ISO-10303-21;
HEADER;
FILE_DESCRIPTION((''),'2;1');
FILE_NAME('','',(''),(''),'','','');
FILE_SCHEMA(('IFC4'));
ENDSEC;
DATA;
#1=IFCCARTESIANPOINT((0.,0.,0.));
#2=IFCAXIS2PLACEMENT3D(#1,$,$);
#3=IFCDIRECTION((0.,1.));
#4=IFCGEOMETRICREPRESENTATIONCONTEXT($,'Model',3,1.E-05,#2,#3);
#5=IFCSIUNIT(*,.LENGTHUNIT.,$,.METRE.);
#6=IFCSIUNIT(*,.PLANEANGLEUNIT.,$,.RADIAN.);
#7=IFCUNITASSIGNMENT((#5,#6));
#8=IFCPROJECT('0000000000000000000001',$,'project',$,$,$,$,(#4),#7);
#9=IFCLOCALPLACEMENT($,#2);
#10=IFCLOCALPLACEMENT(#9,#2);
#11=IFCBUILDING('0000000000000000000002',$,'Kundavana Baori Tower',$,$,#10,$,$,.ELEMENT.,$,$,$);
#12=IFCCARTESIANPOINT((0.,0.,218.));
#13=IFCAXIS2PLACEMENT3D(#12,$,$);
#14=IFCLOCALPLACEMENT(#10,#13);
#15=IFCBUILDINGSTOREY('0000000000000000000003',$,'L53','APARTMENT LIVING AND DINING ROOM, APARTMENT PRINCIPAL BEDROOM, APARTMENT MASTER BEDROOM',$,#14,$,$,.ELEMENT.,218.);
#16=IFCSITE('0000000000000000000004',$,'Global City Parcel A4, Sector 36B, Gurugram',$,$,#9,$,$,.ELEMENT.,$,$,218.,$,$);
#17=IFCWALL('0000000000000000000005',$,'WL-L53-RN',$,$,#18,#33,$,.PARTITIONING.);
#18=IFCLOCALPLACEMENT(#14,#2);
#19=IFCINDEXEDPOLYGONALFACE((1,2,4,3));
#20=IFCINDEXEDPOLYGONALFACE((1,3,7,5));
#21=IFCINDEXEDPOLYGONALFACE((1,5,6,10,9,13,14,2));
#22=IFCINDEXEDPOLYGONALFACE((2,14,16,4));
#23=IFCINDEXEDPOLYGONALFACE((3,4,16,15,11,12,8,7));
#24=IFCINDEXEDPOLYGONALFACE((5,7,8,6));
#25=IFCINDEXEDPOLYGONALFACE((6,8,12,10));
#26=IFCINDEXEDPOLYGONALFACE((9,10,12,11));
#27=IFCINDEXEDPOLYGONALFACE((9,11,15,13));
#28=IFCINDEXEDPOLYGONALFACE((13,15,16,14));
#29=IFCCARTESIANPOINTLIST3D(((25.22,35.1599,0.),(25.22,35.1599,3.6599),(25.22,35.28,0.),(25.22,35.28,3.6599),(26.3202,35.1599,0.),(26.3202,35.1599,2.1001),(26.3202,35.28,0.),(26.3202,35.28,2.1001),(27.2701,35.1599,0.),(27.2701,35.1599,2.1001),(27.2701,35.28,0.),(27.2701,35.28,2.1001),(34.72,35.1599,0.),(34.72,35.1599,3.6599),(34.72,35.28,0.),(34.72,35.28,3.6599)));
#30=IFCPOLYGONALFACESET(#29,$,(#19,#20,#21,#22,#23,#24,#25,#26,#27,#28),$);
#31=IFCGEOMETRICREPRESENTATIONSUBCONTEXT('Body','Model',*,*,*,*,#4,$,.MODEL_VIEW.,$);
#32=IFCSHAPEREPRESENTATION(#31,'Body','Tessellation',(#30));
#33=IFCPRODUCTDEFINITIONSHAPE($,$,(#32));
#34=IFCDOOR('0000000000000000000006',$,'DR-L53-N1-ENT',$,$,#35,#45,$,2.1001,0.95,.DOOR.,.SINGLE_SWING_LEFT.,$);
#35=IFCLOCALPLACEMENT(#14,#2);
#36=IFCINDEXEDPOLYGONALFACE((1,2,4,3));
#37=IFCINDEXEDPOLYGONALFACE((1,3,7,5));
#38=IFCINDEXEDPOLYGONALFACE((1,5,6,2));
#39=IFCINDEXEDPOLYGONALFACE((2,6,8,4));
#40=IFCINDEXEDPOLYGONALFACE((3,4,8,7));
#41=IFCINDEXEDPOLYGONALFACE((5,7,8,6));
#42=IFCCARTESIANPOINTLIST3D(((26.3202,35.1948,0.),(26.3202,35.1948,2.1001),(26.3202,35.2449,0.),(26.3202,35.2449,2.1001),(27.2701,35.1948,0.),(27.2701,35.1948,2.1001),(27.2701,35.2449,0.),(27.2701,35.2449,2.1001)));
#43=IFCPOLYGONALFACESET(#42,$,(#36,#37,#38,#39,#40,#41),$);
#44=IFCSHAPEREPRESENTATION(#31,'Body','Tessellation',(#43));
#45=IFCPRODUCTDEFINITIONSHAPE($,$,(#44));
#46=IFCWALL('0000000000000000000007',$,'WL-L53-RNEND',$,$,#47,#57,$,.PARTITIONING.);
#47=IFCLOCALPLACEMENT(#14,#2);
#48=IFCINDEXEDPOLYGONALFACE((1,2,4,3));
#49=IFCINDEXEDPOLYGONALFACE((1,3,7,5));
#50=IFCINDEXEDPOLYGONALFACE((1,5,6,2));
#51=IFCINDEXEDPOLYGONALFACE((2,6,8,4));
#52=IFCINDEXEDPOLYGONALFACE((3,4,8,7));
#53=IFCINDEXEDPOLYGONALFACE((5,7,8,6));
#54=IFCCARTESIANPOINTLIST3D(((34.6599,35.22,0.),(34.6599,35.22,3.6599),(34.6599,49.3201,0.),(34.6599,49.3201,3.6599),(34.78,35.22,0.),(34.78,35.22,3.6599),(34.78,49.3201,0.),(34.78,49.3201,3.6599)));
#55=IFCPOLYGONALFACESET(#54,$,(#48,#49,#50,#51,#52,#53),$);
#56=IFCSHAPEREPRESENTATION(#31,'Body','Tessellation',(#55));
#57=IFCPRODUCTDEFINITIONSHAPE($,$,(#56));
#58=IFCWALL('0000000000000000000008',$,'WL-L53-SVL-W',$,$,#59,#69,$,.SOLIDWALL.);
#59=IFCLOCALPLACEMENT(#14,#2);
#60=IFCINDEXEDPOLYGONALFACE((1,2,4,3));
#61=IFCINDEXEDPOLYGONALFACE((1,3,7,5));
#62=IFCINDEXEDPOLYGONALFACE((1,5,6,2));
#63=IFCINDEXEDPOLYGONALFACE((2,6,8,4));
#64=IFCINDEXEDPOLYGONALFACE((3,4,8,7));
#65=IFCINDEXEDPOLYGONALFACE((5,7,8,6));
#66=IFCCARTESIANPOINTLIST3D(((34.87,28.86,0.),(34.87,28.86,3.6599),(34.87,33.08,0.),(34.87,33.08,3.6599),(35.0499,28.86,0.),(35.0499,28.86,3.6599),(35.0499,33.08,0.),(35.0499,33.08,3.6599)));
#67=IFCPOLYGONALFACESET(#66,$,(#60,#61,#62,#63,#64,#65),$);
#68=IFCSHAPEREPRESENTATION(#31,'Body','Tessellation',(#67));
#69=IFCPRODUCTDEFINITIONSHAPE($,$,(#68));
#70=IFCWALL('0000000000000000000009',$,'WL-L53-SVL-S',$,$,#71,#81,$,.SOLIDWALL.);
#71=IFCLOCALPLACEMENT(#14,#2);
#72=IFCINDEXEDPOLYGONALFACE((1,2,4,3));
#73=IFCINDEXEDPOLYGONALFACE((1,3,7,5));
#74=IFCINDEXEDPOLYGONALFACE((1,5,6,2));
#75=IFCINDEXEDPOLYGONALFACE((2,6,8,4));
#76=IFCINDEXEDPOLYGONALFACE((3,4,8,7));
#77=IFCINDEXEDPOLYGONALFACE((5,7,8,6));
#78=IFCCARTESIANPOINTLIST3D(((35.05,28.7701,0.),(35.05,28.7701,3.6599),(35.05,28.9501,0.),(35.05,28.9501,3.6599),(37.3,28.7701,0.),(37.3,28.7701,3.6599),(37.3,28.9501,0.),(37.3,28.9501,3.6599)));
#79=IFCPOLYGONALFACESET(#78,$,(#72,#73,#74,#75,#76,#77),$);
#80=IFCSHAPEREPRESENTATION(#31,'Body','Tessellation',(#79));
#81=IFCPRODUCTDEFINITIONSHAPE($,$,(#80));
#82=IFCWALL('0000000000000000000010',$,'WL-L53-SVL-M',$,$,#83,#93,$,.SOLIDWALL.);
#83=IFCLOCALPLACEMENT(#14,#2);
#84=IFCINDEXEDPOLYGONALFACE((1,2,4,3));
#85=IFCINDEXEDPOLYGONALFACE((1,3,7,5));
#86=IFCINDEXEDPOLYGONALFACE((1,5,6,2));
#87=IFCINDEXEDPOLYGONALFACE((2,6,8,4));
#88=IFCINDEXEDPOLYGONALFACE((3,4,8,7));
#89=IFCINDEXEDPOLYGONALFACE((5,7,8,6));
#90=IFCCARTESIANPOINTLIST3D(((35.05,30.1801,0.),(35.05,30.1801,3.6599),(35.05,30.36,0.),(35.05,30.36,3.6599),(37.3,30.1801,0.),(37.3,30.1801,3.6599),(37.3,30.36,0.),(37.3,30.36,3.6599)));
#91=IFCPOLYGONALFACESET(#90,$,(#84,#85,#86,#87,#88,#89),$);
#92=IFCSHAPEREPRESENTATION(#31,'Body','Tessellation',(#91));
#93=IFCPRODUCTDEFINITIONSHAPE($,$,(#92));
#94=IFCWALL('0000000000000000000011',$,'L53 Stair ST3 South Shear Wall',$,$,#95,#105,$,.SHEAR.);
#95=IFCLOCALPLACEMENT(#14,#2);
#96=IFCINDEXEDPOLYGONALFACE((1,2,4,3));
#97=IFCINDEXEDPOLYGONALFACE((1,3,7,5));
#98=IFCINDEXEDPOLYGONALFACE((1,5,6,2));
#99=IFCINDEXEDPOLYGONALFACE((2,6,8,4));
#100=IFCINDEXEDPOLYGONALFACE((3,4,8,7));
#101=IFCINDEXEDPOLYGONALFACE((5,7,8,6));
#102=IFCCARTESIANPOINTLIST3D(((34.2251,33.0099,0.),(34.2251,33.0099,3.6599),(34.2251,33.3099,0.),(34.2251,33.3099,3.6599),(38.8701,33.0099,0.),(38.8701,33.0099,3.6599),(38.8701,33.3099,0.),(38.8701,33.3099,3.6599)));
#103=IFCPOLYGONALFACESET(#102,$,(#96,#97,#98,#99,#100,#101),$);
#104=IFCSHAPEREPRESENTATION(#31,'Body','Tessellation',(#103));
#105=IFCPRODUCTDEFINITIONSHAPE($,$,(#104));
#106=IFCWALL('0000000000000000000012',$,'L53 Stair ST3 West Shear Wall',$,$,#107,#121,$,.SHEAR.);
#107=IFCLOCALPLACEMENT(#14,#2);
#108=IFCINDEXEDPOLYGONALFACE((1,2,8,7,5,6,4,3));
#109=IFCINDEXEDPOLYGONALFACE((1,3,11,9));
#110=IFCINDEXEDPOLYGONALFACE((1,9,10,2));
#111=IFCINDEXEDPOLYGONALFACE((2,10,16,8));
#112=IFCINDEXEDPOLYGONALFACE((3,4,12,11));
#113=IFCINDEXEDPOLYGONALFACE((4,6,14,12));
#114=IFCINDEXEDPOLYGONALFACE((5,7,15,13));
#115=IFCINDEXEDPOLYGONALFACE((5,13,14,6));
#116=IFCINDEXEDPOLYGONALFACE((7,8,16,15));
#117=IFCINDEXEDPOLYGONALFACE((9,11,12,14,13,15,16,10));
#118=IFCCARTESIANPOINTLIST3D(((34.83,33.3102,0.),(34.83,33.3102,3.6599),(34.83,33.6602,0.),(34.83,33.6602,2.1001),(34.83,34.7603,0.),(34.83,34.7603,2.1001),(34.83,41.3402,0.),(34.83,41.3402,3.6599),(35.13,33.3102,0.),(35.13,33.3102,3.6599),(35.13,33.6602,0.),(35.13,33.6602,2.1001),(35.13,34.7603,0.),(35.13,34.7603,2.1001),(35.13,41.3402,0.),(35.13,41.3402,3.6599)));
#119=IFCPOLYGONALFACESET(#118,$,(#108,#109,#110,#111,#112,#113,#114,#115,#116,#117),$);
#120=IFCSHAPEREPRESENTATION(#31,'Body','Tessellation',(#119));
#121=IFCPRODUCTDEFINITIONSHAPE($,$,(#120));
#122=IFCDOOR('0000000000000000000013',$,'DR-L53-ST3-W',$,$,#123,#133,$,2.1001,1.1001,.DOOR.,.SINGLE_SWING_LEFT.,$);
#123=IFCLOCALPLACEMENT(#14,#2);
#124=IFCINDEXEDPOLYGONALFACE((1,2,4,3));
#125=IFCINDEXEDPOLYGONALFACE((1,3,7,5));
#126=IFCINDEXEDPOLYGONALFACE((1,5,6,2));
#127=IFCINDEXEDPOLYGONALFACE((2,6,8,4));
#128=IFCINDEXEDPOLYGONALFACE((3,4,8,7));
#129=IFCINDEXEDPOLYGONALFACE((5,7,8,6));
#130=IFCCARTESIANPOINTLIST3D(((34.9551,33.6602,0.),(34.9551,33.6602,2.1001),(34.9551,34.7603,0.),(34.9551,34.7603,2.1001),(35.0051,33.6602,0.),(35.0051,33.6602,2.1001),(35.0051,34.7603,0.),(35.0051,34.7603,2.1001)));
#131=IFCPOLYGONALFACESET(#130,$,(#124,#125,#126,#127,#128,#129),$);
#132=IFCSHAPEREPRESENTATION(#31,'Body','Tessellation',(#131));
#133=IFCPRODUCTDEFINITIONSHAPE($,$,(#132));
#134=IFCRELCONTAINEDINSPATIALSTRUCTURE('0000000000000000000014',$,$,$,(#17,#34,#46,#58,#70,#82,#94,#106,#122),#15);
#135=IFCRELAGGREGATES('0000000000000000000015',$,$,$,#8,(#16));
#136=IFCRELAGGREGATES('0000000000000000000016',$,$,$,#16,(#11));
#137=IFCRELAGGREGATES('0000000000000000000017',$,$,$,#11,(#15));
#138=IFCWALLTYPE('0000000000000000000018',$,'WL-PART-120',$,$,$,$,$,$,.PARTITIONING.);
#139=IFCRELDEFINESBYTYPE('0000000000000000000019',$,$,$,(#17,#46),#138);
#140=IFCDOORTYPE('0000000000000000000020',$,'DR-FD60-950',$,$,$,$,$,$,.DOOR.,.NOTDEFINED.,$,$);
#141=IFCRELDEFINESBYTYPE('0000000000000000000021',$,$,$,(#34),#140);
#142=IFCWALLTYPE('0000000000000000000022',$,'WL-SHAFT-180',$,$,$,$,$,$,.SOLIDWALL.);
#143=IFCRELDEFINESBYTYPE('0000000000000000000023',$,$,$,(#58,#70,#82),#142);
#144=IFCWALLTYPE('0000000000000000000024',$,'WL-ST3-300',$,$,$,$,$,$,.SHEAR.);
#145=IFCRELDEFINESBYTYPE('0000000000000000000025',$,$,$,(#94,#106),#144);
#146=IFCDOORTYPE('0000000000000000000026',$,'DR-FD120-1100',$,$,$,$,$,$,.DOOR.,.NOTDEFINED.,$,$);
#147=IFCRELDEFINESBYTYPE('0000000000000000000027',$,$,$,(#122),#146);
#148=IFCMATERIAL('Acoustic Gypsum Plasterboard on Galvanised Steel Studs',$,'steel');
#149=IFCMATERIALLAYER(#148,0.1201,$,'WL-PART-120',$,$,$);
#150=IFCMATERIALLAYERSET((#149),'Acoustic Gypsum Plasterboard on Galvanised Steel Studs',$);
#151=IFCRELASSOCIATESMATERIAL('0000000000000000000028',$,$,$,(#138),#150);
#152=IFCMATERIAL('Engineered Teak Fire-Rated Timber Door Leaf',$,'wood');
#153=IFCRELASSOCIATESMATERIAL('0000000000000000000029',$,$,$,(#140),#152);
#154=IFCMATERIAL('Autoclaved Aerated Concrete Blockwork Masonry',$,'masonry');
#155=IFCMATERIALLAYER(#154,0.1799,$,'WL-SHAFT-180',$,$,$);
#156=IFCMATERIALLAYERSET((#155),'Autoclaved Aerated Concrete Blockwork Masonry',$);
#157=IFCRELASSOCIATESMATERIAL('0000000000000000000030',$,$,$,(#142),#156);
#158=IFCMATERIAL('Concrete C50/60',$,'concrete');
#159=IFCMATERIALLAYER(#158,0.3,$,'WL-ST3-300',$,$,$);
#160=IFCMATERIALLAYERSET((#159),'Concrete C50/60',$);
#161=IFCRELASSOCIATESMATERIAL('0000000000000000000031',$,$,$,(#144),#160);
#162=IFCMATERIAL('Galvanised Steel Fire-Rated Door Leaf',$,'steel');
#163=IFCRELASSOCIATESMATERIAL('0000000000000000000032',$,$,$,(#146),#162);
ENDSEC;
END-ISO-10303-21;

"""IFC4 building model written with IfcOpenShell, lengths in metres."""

from ifc_helpers import new_model, si_unit, direction, frame, frame_2d, origin, place, context, subcontext, project, spatial, rectangle, extrude, material, layer, layer_set, type_object, element, fill, save


model = new_model("IFC4")

# Units and contexts
model_context = context("Model", 3, precision=1e-05, world=origin(), true_north=direction((0.0, 1.0)))
body_context = subcontext(model_context, "Body", "Model", "MODEL_VIEW")
ifc_project = project(units=[si_unit("LENGTHUNIT", "METRE"), si_unit("PLANEANGLEUNIT", "RADIAN")], contexts=[model_context])

# Site, building, storey
site_placement = place(None, origin())
site = spatial("IfcSite", under=ifc_project, at=site_placement, Name="Global City Parcel A4, Sector 36B, Gurugram", CompositionType="ELEMENT", RefElevation=218.0)
building_placement = place(site_placement, origin())
building = spatial("IfcBuilding", under=site, at=building_placement, Name="Kundavana Baori Tower", CompositionType="ELEMENT")
storey_placement = place(building_placement, frame((0.0, 0.0, 218.0)))
storey = spatial("IfcBuildingStorey", under=building, at=storey_placement, Name="L53", Description="APARTMENT LIVING AND DINING ROOM, APARTMENT PRINCIPAL BEDROOM, APARTMENT MASTER BEDROOM", CompositionType="ELEMENT", Elevation=218.0)

# Wall, opening, door
ifc_material_1 = material(Name="Acoustic Gypsum Plasterboard on Galvanised Steel Studs", Category="steel")
ifc_layer_1 = layer(ifc_material_1, 0.1201, Name="WL-PART-120")
ifc_layer_set_1 = layer_set([ifc_layer_1], Name="Acoustic Gypsum Plasterboard on Galvanised Steel Studs")
wall_type_1 = type_object("IfcWallType", Name="WL-PART-120", PredefinedType="PARTITIONING", material=ifc_layer_set_1)
wall_1_placement = place(storey_placement, frame((25.22, 35.22, 0.0), z_axis=(0.0, 0.0, 1.0), x_axis=(1.0, 0.0, 0.0)))
wall_1 = element("IfcWall", 1, at=wall_1_placement, inside=storey, type_object=wall_type_1, Name="WL-L53-RN", PredefinedType="PARTITIONING", context=body_context, shape_type="SweptSolid", body=[
    extrude(rectangle(XDim=9.5, YDim=0.1201, at=frame_2d((4.75, 0.0))), origin(), (0.0, 0.0, 1.0), 3.6599),
])
opening_1_placement = place(wall_1_placement, frame((1.1001, 0.0, 0.0)))
opening_1 = element("IfcOpeningElement", 2, at=opening_1_placement, cuts=wall_1, PredefinedType="OPENING", context=body_context, shape_type="SweptSolid", body=[
    extrude(rectangle(XDim=0.95, YDim=2.1001, at=frame_2d((0.4751, 1.05))), frame((0.0, 0.0701, 0.0), z_axis=(0.0, -1.0, 0.0), x_axis=(1.0, 0.0, 0.0)), (0.0, 0.0, 1.0), 0.1401),
])
ifc_material_2 = material(Name="Engineered Teak Fire-Rated Timber Door Leaf", Category="wood")
door_type_1 = type_object("IfcDoorType", Name="DR-FD60-950", OperationType="NOTDEFINED", PredefinedType="DOOR", material=ifc_material_2)
door_1_placement = place(opening_1_placement, origin())
door_1 = element("IfcDoor", 3, at=door_1_placement, inside=storey, type_object=door_type_1, Name="DR-L53-N1-ENT", OperationType="SINGLE_SWING_LEFT", OverallHeight=2.1001, OverallWidth=0.95, PredefinedType="DOOR", context=body_context, shape_type="SweptSolid", body=[
    extrude(rectangle(XDim=0.95, YDim=2.1001, at=frame_2d((0.4751, 1.05))), frame((0.0, 0.0249, 0.0), z_axis=(0.0, -1.0, 0.0), x_axis=(1.0, 0.0, 0.0)), (0.0, 0.0, 1.0), 0.05),
])
fill(opening_1, door_1)

# Walls
wall_2_placement = place(storey_placement, frame((34.72, 35.22, 0.0), z_axis=(0.0, 0.0, 1.0), x_axis=(0.0, 1.0, 0.0)))
element("IfcWall", 4, at=wall_2_placement, inside=storey, type_object=wall_type_1, Name="WL-L53-RNEND", PredefinedType="PARTITIONING", context=body_context, shape_type="SweptSolid", body=[
    extrude(rectangle(XDim=14.1001, YDim=0.1201, at=frame_2d((7.05, 0.0))), origin(), (0.0, 0.0, 1.0), 3.6599),
])
ifc_material_3 = material(Name="Autoclaved Aerated Concrete Blockwork Masonry", Category="masonry")
ifc_layer_2 = layer(ifc_material_3, 0.1799, Name="WL-SHAFT-180")
ifc_layer_set_2 = layer_set([ifc_layer_2], Name="Autoclaved Aerated Concrete Blockwork Masonry")
wall_type_2 = type_object("IfcWallType", Name="WL-SHAFT-180", PredefinedType="SOLIDWALL", material=ifc_layer_set_2)
wall_3_placement = place(storey_placement, frame((34.96, 28.8601, 0.0), z_axis=(0.0, 0.0, 1.0), x_axis=(0.0, 1.0, 0.0)))
element("IfcWall", 5, at=wall_3_placement, inside=storey, type_object=wall_type_2, Name="WL-L53-SVL-W", PredefinedType="SOLIDWALL", context=body_context, shape_type="SweptSolid", body=[
    extrude(rectangle(XDim=4.22, YDim=0.1799, at=frame_2d((2.1099, 0.0))), origin(), (0.0, 0.0, 1.0), 3.6599),
])
for number, where, z_axis, x_axis, name in (
    (6, (35.05, 28.8601, 0.0), (0.0, 0.0, 1.0), (1.0, 0.0, 0.0), "WL-L53-SVL-S"),
    (7, (35.05, 30.27, 0.0), (0.0, 0.0, 1.0), (1.0, 0.0, 0.0), "WL-L53-SVL-M"),
):
    element("IfcWall", number, at=place(storey_placement, frame(where, z_axis=z_axis, x_axis=x_axis)), inside=storey, type_object=wall_type_2, Name=name, PredefinedType="SOLIDWALL", context=body_context, shape_type="SweptSolid", body=[
        extrude(rectangle(XDim=2.25, YDim=0.1799, at=frame_2d((1.125, 0.0))), origin(), (0.0, 0.0, 1.0), 3.6599),
    ])
ifc_material_4 = material(Name="Concrete C50/60", Category="concrete")
ifc_layer_3 = layer(ifc_material_4, 0.3, Name="WL-ST3-300")
ifc_layer_set_3 = layer_set([ifc_layer_3], Name="Concrete C50/60")
wall_type_3 = type_object("IfcWallType", Name="WL-ST3-300", PredefinedType="SHEAR", material=ifc_layer_set_3)
wall_4_placement = place(storey_placement, frame((34.2251, 33.1599, 0.0), z_axis=(0.0, 0.0, 1.0), x_axis=(1.0, 0.0, 0.0)))
element("IfcWall", 8, at=wall_4_placement, inside=storey, type_object=wall_type_3, Name="L53 Stair ST3 South Shear Wall", PredefinedType="SHEAR", context=body_context, shape_type="SweptSolid", body=[
    extrude(rectangle(XDim=4.645, YDim=0.3, at=frame_2d((2.3225, 0.0))), origin(), (0.0, 0.0, 1.0), 3.6599),
])

# Wall, opening, door
wall_5_placement = place(storey_placement, frame((34.98, 33.3101, 0.0), z_axis=(0.0, 0.0, 1.0), x_axis=(0.0, 1.0, 0.0)))
wall_5 = element("IfcWall", 9, at=wall_5_placement, inside=storey, type_object=wall_type_3, Name="L53 Stair ST3 West Shear Wall", PredefinedType="SHEAR", context=body_context, shape_type="SweptSolid", body=[
    extrude(rectangle(XDim=8.03, YDim=0.3, at=frame_2d((4.0151, 0.0))), origin(), (0.0, 0.0, 1.0), 3.6599),
])
opening_2_placement = place(wall_5_placement, frame((0.3501, 0.0, 0.0)))
opening_2 = element("IfcOpeningElement", 10, at=opening_2_placement, cuts=wall_5, PredefinedType="OPENING", context=body_context, shape_type="SweptSolid", body=[
    extrude(rectangle(XDim=1.1001, YDim=2.1001, at=frame_2d((0.55, 1.05))), frame((0.0, 0.1602, 0.0), z_axis=(0.0, -1.0, 0.0), x_axis=(1.0, 0.0, 0.0)), (0.0, 0.0, 1.0), 0.3201),
])
ifc_material_5 = material(Name="Galvanised Steel Fire-Rated Door Leaf", Category="steel")
door_type_2 = type_object("IfcDoorType", Name="DR-FD120-1100", OperationType="NOTDEFINED", PredefinedType="DOOR", material=ifc_material_5)
door_2_placement = place(opening_2_placement, origin())
door_2 = element("IfcDoor", 11, at=door_2_placement, inside=storey, type_object=door_type_2, Name="DR-L53-ST3-W", OperationType="SINGLE_SWING_LEFT", OverallHeight=2.1001, OverallWidth=1.1001, PredefinedType="DOOR", context=body_context, shape_type="SweptSolid", body=[
    extrude(rectangle(XDim=1.1001, YDim=2.1001, at=frame_2d((0.55, 1.05))), frame((0.0, 0.0249, 0.0), z_axis=(0.0, -1.0, 0.0), x_axis=(1.0, 0.0, 0.0)), (0.0, 0.0, 1.0), 0.05),
])
fill(opening_2, door_2)

save(model, "model.ifc")
